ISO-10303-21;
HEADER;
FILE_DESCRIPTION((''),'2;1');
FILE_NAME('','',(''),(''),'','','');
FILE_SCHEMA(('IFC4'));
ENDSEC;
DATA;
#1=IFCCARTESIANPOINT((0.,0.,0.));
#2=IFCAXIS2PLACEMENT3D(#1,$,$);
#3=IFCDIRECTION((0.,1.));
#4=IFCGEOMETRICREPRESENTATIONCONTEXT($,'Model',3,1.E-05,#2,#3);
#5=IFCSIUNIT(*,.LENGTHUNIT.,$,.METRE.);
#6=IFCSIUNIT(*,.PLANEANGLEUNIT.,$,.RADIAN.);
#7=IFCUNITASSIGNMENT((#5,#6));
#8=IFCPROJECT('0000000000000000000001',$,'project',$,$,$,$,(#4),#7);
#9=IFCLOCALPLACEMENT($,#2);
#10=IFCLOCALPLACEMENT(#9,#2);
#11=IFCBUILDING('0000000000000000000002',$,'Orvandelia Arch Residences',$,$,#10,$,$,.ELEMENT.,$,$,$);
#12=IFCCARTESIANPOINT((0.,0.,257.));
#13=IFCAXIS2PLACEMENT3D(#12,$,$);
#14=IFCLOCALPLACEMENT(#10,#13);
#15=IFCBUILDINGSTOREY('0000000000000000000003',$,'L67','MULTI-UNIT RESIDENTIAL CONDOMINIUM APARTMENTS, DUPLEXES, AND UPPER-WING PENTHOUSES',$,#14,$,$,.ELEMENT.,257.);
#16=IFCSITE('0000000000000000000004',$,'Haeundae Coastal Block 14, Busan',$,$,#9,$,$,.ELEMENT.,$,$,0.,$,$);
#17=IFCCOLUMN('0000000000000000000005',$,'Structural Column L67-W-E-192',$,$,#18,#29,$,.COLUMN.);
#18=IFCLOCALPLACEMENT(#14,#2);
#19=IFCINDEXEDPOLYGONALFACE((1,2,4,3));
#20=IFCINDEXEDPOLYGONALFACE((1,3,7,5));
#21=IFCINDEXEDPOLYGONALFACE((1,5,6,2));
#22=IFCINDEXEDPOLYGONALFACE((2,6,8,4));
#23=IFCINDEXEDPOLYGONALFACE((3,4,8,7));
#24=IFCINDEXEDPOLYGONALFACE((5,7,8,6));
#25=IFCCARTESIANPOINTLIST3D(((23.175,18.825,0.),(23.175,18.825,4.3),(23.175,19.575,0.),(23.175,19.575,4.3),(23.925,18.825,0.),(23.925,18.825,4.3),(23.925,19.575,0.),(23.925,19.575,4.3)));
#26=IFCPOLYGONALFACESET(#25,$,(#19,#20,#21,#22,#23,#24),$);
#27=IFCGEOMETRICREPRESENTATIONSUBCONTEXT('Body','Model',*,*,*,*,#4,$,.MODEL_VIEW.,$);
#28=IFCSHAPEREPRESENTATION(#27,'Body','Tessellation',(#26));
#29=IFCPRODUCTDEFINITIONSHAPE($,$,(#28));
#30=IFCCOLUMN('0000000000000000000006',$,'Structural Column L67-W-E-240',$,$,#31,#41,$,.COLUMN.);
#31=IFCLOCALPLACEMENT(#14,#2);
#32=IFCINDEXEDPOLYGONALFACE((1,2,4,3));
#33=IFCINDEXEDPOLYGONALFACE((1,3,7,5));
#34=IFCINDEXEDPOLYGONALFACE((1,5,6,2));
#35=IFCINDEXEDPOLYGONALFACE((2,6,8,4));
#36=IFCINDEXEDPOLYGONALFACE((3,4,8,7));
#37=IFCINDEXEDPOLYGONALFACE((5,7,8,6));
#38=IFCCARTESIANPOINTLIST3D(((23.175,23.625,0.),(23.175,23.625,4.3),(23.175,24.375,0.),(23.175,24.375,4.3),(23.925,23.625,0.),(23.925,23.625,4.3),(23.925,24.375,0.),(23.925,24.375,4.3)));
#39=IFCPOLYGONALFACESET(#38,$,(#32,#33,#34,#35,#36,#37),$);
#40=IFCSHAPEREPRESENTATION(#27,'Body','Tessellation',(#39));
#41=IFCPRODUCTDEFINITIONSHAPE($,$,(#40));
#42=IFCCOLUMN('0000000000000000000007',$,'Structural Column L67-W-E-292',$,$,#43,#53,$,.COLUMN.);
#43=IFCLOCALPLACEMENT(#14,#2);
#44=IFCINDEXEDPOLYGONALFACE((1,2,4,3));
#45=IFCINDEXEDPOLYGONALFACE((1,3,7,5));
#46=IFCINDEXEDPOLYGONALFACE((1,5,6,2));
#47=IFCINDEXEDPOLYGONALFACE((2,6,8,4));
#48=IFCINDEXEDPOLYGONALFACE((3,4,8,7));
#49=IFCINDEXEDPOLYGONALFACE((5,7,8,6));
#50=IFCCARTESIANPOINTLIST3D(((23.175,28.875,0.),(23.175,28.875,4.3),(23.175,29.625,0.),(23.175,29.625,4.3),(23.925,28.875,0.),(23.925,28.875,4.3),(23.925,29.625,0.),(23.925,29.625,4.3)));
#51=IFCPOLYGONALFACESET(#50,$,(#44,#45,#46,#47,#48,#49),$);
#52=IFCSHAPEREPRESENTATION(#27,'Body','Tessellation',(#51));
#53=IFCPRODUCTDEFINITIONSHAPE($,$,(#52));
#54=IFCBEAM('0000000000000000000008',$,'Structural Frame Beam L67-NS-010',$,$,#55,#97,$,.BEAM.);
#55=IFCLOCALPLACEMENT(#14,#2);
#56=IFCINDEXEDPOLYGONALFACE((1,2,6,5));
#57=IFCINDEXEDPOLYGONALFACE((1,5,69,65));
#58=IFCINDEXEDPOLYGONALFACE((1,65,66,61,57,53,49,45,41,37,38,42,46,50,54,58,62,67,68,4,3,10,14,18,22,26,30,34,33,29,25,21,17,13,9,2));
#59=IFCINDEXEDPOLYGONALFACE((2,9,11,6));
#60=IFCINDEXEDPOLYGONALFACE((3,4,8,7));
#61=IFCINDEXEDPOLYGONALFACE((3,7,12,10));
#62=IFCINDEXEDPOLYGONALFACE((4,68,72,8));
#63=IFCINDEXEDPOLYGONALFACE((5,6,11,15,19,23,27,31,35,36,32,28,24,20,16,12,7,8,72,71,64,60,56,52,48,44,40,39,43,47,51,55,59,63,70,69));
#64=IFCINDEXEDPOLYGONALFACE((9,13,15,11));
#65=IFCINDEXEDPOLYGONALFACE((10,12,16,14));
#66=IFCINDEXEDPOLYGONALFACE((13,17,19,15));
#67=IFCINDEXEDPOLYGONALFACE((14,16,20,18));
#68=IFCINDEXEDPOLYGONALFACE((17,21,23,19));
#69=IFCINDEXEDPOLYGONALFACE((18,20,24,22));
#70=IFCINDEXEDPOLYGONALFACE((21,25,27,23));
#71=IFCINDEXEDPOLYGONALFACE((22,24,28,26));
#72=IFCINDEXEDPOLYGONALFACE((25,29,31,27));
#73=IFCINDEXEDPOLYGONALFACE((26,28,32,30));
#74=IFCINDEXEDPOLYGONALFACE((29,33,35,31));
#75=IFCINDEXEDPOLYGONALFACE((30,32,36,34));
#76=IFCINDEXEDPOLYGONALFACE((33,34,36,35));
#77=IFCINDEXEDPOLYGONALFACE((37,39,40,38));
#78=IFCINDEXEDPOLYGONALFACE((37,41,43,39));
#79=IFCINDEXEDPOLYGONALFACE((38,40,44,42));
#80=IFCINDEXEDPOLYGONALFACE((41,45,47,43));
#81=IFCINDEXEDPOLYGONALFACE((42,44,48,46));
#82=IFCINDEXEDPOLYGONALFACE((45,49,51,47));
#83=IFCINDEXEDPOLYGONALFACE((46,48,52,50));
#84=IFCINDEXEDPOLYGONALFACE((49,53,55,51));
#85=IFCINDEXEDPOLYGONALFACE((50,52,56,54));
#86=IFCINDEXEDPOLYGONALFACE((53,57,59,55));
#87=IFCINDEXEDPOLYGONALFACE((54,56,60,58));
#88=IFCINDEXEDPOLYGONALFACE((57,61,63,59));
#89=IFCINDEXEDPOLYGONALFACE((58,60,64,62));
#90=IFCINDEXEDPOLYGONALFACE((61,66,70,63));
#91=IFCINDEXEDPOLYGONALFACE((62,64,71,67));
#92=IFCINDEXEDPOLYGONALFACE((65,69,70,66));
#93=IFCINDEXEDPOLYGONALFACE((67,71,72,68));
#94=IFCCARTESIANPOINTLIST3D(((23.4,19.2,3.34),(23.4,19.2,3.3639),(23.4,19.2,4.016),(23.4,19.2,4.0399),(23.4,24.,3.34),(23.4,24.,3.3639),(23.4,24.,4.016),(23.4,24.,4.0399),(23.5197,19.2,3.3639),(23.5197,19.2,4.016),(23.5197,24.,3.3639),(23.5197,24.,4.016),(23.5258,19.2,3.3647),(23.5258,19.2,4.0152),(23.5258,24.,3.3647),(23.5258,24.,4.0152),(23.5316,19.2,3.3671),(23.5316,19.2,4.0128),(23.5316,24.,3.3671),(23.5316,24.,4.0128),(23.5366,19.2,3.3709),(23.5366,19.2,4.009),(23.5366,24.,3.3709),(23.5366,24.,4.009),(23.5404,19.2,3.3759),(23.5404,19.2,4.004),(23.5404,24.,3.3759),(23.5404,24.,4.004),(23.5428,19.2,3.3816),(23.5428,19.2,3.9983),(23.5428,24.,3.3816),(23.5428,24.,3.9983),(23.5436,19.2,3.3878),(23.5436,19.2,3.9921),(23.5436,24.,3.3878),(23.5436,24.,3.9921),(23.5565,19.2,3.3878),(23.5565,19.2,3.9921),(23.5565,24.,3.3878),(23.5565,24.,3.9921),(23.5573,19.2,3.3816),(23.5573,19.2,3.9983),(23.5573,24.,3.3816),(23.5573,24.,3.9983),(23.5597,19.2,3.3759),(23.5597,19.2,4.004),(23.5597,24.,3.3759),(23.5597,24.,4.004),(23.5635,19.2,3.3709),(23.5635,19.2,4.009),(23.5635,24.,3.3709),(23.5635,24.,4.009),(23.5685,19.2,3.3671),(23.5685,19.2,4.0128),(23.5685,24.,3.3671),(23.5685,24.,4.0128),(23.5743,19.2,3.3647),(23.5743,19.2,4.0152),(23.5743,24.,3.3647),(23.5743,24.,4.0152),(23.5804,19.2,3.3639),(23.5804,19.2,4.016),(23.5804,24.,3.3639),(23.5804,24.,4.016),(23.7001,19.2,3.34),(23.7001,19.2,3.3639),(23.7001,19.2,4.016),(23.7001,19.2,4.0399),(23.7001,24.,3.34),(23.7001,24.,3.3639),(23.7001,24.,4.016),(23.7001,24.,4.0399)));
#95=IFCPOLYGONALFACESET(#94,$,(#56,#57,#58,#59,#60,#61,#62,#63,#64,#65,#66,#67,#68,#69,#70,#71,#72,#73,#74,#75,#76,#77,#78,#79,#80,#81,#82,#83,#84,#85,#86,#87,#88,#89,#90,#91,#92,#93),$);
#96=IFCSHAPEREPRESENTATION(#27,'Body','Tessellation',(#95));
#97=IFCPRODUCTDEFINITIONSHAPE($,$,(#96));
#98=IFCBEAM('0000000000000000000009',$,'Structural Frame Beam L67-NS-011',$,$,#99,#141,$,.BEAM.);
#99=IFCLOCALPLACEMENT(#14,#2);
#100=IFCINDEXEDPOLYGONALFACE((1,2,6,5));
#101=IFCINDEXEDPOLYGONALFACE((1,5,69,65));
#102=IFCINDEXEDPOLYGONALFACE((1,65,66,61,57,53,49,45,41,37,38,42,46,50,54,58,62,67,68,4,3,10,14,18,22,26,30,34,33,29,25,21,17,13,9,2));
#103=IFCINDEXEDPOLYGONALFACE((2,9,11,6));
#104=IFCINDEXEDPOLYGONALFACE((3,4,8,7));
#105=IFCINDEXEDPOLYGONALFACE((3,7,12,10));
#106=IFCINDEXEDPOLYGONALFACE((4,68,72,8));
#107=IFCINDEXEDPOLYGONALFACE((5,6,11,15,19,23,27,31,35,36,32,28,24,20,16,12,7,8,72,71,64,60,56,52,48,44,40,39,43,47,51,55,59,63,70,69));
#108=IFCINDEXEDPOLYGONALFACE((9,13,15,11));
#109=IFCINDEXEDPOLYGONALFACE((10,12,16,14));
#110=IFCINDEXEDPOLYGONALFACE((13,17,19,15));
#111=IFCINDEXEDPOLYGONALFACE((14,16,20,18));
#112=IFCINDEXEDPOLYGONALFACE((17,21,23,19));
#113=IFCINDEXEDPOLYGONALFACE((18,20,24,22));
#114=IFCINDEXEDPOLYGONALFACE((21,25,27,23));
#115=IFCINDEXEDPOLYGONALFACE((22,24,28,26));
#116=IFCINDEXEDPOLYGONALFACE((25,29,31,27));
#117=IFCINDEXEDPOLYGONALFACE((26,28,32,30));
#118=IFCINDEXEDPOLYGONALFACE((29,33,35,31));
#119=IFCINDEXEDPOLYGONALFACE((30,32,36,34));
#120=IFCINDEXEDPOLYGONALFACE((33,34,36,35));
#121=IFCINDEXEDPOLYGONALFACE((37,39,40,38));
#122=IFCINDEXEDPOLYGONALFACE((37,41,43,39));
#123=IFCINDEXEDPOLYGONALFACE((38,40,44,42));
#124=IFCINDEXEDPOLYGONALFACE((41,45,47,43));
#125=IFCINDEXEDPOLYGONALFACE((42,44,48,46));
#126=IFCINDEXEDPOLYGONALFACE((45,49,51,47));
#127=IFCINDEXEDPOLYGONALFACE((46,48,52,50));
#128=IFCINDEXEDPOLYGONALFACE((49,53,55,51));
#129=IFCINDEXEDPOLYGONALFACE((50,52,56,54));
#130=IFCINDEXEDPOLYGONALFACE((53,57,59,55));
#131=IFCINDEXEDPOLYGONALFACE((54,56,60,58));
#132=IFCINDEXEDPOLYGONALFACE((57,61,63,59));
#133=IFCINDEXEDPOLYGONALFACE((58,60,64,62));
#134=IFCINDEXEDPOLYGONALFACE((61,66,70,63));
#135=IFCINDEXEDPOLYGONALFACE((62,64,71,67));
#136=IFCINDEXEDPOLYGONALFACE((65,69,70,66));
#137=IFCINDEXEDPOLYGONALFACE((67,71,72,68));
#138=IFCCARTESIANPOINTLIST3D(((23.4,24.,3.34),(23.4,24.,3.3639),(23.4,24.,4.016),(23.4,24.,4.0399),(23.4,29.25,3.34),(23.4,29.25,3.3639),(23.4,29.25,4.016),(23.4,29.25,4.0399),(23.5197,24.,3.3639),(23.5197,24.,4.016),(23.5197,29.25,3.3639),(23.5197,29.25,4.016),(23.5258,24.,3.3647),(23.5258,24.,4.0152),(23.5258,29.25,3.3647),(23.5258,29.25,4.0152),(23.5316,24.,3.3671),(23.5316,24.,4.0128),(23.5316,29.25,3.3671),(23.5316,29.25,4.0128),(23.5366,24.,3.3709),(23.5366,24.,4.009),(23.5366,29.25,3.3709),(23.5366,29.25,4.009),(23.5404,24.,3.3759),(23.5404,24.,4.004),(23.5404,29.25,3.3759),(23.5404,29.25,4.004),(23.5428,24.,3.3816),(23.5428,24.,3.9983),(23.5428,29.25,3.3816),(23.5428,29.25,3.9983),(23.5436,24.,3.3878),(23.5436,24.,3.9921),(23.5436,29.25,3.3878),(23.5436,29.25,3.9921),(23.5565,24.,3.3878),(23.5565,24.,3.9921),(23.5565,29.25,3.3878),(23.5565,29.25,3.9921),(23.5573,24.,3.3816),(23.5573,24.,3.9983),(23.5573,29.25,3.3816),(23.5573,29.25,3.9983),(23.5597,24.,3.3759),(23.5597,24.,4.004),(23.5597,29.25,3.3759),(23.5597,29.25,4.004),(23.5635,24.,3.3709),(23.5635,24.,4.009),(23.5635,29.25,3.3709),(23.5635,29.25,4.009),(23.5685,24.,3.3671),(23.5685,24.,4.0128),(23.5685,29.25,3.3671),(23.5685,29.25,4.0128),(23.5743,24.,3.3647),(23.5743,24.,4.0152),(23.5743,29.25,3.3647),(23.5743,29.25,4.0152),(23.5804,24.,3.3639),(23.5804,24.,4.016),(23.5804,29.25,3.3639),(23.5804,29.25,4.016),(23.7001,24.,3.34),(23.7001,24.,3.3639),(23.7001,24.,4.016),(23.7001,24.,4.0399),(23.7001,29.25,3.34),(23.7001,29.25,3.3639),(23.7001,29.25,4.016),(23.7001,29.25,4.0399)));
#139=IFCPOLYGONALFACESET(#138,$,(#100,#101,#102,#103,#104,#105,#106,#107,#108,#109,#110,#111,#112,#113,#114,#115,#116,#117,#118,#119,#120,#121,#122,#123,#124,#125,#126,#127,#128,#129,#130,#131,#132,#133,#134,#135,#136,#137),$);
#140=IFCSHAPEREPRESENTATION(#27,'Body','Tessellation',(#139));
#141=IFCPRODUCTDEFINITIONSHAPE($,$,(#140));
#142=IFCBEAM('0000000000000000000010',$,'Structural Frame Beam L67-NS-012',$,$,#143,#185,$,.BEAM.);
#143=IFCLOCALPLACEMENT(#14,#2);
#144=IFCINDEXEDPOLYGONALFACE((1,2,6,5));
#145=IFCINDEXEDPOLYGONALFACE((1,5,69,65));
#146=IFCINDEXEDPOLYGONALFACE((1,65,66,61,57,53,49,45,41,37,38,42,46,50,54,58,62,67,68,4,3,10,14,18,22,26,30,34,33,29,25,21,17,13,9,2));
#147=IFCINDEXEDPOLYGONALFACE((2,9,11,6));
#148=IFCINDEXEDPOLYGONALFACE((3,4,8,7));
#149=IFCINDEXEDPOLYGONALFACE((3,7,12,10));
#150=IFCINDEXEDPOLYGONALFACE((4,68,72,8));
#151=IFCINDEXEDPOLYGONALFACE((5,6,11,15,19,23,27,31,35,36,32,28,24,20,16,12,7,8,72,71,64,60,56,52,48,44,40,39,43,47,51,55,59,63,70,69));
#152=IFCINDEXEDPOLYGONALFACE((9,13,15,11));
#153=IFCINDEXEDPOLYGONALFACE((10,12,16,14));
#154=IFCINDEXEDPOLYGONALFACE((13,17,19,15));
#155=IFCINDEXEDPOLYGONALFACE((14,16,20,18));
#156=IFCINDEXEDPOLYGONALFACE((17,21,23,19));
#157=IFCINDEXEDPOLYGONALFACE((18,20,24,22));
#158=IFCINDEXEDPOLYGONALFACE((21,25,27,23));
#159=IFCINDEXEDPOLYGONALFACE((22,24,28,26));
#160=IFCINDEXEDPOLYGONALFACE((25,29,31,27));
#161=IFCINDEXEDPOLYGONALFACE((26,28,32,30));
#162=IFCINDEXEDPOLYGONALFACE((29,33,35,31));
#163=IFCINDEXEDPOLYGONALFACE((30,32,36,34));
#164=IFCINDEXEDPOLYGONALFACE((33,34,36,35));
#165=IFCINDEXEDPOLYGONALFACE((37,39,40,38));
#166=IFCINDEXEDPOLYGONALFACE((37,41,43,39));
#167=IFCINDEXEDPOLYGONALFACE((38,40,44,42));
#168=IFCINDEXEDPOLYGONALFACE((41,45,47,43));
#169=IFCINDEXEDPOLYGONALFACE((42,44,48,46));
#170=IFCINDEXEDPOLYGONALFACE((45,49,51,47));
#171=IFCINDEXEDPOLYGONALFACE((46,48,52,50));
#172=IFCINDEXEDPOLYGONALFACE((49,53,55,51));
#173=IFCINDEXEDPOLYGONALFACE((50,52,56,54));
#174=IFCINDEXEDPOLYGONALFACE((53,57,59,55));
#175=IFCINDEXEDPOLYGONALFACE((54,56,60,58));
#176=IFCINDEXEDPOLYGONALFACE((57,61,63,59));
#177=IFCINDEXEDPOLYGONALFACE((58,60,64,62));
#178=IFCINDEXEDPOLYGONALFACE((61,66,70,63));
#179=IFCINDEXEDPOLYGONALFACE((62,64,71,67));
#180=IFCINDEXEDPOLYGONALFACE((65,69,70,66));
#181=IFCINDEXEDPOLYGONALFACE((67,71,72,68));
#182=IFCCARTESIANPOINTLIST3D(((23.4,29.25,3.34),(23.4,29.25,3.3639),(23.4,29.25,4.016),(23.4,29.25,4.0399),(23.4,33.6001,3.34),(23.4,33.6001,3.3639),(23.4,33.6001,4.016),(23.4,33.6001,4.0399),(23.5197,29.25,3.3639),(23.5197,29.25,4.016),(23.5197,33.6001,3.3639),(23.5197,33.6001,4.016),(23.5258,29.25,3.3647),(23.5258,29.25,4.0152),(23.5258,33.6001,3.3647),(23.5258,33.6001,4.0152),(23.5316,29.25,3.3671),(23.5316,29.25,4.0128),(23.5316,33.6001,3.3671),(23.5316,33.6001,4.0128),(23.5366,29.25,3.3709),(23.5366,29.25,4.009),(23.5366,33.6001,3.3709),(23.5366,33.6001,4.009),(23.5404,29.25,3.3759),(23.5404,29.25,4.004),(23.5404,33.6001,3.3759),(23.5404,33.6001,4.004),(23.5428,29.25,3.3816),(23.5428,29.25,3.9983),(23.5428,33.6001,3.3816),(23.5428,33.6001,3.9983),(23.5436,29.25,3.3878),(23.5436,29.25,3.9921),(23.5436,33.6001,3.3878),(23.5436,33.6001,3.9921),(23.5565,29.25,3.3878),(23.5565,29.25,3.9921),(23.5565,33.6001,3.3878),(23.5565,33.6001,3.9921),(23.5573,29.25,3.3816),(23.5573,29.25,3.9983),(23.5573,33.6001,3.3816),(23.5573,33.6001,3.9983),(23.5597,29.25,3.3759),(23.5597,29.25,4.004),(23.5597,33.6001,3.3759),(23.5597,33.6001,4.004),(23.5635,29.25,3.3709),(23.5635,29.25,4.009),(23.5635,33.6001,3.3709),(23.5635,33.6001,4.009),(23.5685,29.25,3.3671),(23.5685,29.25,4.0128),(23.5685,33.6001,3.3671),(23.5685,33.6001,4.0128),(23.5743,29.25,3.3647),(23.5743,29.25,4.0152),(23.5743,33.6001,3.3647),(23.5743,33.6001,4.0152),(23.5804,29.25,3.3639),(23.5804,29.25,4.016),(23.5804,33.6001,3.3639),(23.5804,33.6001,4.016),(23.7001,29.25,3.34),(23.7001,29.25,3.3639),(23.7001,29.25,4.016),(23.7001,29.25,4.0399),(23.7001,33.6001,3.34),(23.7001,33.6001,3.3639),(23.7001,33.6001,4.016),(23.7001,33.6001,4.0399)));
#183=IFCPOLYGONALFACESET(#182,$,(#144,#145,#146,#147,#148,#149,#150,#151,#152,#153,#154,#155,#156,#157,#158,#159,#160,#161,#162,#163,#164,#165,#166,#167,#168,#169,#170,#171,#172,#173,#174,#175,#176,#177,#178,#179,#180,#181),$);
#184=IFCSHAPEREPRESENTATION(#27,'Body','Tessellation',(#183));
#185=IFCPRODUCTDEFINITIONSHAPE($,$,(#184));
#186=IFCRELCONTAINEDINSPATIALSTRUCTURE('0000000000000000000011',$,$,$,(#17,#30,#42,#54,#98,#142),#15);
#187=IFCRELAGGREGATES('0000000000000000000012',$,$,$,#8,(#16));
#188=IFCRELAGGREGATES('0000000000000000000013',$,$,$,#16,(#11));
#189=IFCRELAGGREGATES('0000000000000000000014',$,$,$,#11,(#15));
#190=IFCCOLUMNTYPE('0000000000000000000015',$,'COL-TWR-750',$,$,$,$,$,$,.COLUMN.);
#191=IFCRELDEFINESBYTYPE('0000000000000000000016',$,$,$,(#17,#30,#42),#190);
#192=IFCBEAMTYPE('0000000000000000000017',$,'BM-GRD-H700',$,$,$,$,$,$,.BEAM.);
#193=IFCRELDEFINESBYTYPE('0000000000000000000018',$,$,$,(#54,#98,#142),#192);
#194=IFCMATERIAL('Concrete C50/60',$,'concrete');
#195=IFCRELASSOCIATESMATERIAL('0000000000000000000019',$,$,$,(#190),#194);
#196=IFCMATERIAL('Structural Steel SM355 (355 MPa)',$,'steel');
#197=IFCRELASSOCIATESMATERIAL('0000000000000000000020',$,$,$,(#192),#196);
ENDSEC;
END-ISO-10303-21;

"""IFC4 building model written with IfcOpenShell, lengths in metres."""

from ifc_helpers import new_model, si_unit, direction, frame, origin, origin_2d, place, context, subcontext, project, spatial, rectangle, i_section, extrude, material, material_profile, profile_set, type_object, element, save


model = new_model("IFC4")

# Units and contexts
model_context = context("Model", 3, precision=1e-05, world=origin(), true_north=direction((0.0, 1.0)))
body_context = subcontext(model_context, "Body", "Model", "MODEL_VIEW")
ifc_project = project(units=[si_unit("LENGTHUNIT", "METRE"), si_unit("PLANEANGLEUNIT", "RADIAN")], contexts=[model_context])

# Site, building, storey
site_placement = place(None, origin())
site = spatial("IfcSite", under=ifc_project, at=site_placement, Name="Haeundae Coastal Block 14, Busan", CompositionType="ELEMENT", RefElevation=0.0)
building_placement = place(site_placement, origin())
building = spatial("IfcBuilding", under=site, at=building_placement, Name="Orvandelia Arch Residences", CompositionType="ELEMENT")
storey_placement = place(building_placement, frame((0.0, 0.0, 257.0)))
storey = spatial("IfcBuildingStorey", under=building, at=storey_placement, Name="L67", Description="MULTI-UNIT RESIDENTIAL CONDOMINIUM APARTMENTS, DUPLEXES, AND UPPER-WING PENTHOUSES", CompositionType="ELEMENT", Elevation=257.0)

# Columns
ifc_material_1 = material(Name="Concrete C50/60", Category="concrete")
ifc_material_profile_1 = material_profile(ifc_material_1, rectangle(XDim=0.75, YDim=0.75, at=origin_2d()), Name="Concrete C50/60", Category="concrete")
ifc_profile_set_1 = profile_set([ifc_material_profile_1], Name="Concrete C50/60")
column_type = type_object("IfcColumnType", Name="COL-TWR-750", PredefinedType="COLUMN", material=ifc_profile_set_1)
for number, where, z_axis, x_axis, name in (
    (1, (23.55, 19.2, 0.0), (0.0, 0.0, 1.0), (1.0, 0.0, 0.0), "Structural Column L67-W-E-192"),
    (2, (23.55, 24.0, 0.0), (0.0, 0.0, 1.0), (1.0, 0.0, 0.0), "Structural Column L67-W-E-240"),
    (3, (23.55, 29.25, 0.0), (0.0, 0.0, 1.0), (1.0, 0.0, 0.0), "Structural Column L67-W-E-292"),
):
    element("IfcColumn", number, at=place(storey_placement, frame(where, z_axis=z_axis, x_axis=x_axis)), inside=storey, type_object=column_type, Name=name, PredefinedType="COLUMN", context=body_context, shape_type="SweptSolid", body=[
        extrude(rectangle(XDim=0.75, YDim=0.75, at=origin_2d()), origin(), (0.0, 0.0, 1.0), 4.3),
    ])

# Beams
ifc_material_2 = material(Name="Structural Steel SM355 (355 MPa)", Category="steel")
ifc_material_profile_2 = material_profile(ifc_material_2, i_section(OverallWidth=0.3, OverallDepth=0.7, WebThickness=0.0129, FlangeThickness=0.0239, FilletRadius=0.0239, at=origin_2d()), Name="Structural Steel SM355 (355 MPa)", Category="steel")
ifc_profile_set_2 = profile_set([ifc_material_profile_2], Name="Structural Steel SM355 (355 MPa)")
beam_type = type_object("IfcBeamType", Name="BM-GRD-H700", PredefinedType="BEAM", material=ifc_profile_set_2)
beam_1_placement = place(storey_placement, frame((23.55, 19.2, 3.6899), z_axis=(0.0, 1.0, 0.0), x_axis=(-1.0, 0.0, 0.0)))
element("IfcBeam", 4, at=beam_1_placement, inside=storey, type_object=beam_type, Name="Structural Frame Beam L67-NS-010", PredefinedType="BEAM", context=body_context, shape_type="SweptSolid", body=[
    extrude(i_section(OverallWidth=0.3, OverallDepth=0.7, WebThickness=0.0129, FlangeThickness=0.0239, FilletRadius=0.0239, at=origin_2d()), origin(), (0.0, 0.0, 1.0), 4.8),
])
beam_2_placement = place(storey_placement, frame((23.55, 24.0, 3.6899), z_axis=(0.0, 1.0, 0.0), x_axis=(-1.0, 0.0, 0.0)))
element("IfcBeam", 5, at=beam_2_placement, inside=storey, type_object=beam_type, Name="Structural Frame Beam L67-NS-011", PredefinedType="BEAM", context=body_context, shape_type="SweptSolid", body=[
    extrude(i_section(OverallWidth=0.3, OverallDepth=0.7, WebThickness=0.0129, FlangeThickness=0.0239, FilletRadius=0.0239, at=origin_2d()), origin(), (0.0, 0.0, 1.0), 5.25),
])
beam_3_placement = place(storey_placement, frame((23.55, 29.25, 3.6899), z_axis=(0.0, 1.0, 0.0), x_axis=(-1.0, 0.0, 0.0)))
element("IfcBeam", 6, at=beam_3_placement, inside=storey, type_object=beam_type, Name="Structural Frame Beam L67-NS-012", PredefinedType="BEAM", context=body_context, shape_type="SweptSolid", body=[
    extrude(i_section(OverallWidth=0.3, OverallDepth=0.7, WebThickness=0.0129, FlangeThickness=0.0239, FilletRadius=0.0239, at=origin_2d()), origin(), (0.0, 0.0, 1.0), 4.3501),
])

save(model, "model.ifc")
